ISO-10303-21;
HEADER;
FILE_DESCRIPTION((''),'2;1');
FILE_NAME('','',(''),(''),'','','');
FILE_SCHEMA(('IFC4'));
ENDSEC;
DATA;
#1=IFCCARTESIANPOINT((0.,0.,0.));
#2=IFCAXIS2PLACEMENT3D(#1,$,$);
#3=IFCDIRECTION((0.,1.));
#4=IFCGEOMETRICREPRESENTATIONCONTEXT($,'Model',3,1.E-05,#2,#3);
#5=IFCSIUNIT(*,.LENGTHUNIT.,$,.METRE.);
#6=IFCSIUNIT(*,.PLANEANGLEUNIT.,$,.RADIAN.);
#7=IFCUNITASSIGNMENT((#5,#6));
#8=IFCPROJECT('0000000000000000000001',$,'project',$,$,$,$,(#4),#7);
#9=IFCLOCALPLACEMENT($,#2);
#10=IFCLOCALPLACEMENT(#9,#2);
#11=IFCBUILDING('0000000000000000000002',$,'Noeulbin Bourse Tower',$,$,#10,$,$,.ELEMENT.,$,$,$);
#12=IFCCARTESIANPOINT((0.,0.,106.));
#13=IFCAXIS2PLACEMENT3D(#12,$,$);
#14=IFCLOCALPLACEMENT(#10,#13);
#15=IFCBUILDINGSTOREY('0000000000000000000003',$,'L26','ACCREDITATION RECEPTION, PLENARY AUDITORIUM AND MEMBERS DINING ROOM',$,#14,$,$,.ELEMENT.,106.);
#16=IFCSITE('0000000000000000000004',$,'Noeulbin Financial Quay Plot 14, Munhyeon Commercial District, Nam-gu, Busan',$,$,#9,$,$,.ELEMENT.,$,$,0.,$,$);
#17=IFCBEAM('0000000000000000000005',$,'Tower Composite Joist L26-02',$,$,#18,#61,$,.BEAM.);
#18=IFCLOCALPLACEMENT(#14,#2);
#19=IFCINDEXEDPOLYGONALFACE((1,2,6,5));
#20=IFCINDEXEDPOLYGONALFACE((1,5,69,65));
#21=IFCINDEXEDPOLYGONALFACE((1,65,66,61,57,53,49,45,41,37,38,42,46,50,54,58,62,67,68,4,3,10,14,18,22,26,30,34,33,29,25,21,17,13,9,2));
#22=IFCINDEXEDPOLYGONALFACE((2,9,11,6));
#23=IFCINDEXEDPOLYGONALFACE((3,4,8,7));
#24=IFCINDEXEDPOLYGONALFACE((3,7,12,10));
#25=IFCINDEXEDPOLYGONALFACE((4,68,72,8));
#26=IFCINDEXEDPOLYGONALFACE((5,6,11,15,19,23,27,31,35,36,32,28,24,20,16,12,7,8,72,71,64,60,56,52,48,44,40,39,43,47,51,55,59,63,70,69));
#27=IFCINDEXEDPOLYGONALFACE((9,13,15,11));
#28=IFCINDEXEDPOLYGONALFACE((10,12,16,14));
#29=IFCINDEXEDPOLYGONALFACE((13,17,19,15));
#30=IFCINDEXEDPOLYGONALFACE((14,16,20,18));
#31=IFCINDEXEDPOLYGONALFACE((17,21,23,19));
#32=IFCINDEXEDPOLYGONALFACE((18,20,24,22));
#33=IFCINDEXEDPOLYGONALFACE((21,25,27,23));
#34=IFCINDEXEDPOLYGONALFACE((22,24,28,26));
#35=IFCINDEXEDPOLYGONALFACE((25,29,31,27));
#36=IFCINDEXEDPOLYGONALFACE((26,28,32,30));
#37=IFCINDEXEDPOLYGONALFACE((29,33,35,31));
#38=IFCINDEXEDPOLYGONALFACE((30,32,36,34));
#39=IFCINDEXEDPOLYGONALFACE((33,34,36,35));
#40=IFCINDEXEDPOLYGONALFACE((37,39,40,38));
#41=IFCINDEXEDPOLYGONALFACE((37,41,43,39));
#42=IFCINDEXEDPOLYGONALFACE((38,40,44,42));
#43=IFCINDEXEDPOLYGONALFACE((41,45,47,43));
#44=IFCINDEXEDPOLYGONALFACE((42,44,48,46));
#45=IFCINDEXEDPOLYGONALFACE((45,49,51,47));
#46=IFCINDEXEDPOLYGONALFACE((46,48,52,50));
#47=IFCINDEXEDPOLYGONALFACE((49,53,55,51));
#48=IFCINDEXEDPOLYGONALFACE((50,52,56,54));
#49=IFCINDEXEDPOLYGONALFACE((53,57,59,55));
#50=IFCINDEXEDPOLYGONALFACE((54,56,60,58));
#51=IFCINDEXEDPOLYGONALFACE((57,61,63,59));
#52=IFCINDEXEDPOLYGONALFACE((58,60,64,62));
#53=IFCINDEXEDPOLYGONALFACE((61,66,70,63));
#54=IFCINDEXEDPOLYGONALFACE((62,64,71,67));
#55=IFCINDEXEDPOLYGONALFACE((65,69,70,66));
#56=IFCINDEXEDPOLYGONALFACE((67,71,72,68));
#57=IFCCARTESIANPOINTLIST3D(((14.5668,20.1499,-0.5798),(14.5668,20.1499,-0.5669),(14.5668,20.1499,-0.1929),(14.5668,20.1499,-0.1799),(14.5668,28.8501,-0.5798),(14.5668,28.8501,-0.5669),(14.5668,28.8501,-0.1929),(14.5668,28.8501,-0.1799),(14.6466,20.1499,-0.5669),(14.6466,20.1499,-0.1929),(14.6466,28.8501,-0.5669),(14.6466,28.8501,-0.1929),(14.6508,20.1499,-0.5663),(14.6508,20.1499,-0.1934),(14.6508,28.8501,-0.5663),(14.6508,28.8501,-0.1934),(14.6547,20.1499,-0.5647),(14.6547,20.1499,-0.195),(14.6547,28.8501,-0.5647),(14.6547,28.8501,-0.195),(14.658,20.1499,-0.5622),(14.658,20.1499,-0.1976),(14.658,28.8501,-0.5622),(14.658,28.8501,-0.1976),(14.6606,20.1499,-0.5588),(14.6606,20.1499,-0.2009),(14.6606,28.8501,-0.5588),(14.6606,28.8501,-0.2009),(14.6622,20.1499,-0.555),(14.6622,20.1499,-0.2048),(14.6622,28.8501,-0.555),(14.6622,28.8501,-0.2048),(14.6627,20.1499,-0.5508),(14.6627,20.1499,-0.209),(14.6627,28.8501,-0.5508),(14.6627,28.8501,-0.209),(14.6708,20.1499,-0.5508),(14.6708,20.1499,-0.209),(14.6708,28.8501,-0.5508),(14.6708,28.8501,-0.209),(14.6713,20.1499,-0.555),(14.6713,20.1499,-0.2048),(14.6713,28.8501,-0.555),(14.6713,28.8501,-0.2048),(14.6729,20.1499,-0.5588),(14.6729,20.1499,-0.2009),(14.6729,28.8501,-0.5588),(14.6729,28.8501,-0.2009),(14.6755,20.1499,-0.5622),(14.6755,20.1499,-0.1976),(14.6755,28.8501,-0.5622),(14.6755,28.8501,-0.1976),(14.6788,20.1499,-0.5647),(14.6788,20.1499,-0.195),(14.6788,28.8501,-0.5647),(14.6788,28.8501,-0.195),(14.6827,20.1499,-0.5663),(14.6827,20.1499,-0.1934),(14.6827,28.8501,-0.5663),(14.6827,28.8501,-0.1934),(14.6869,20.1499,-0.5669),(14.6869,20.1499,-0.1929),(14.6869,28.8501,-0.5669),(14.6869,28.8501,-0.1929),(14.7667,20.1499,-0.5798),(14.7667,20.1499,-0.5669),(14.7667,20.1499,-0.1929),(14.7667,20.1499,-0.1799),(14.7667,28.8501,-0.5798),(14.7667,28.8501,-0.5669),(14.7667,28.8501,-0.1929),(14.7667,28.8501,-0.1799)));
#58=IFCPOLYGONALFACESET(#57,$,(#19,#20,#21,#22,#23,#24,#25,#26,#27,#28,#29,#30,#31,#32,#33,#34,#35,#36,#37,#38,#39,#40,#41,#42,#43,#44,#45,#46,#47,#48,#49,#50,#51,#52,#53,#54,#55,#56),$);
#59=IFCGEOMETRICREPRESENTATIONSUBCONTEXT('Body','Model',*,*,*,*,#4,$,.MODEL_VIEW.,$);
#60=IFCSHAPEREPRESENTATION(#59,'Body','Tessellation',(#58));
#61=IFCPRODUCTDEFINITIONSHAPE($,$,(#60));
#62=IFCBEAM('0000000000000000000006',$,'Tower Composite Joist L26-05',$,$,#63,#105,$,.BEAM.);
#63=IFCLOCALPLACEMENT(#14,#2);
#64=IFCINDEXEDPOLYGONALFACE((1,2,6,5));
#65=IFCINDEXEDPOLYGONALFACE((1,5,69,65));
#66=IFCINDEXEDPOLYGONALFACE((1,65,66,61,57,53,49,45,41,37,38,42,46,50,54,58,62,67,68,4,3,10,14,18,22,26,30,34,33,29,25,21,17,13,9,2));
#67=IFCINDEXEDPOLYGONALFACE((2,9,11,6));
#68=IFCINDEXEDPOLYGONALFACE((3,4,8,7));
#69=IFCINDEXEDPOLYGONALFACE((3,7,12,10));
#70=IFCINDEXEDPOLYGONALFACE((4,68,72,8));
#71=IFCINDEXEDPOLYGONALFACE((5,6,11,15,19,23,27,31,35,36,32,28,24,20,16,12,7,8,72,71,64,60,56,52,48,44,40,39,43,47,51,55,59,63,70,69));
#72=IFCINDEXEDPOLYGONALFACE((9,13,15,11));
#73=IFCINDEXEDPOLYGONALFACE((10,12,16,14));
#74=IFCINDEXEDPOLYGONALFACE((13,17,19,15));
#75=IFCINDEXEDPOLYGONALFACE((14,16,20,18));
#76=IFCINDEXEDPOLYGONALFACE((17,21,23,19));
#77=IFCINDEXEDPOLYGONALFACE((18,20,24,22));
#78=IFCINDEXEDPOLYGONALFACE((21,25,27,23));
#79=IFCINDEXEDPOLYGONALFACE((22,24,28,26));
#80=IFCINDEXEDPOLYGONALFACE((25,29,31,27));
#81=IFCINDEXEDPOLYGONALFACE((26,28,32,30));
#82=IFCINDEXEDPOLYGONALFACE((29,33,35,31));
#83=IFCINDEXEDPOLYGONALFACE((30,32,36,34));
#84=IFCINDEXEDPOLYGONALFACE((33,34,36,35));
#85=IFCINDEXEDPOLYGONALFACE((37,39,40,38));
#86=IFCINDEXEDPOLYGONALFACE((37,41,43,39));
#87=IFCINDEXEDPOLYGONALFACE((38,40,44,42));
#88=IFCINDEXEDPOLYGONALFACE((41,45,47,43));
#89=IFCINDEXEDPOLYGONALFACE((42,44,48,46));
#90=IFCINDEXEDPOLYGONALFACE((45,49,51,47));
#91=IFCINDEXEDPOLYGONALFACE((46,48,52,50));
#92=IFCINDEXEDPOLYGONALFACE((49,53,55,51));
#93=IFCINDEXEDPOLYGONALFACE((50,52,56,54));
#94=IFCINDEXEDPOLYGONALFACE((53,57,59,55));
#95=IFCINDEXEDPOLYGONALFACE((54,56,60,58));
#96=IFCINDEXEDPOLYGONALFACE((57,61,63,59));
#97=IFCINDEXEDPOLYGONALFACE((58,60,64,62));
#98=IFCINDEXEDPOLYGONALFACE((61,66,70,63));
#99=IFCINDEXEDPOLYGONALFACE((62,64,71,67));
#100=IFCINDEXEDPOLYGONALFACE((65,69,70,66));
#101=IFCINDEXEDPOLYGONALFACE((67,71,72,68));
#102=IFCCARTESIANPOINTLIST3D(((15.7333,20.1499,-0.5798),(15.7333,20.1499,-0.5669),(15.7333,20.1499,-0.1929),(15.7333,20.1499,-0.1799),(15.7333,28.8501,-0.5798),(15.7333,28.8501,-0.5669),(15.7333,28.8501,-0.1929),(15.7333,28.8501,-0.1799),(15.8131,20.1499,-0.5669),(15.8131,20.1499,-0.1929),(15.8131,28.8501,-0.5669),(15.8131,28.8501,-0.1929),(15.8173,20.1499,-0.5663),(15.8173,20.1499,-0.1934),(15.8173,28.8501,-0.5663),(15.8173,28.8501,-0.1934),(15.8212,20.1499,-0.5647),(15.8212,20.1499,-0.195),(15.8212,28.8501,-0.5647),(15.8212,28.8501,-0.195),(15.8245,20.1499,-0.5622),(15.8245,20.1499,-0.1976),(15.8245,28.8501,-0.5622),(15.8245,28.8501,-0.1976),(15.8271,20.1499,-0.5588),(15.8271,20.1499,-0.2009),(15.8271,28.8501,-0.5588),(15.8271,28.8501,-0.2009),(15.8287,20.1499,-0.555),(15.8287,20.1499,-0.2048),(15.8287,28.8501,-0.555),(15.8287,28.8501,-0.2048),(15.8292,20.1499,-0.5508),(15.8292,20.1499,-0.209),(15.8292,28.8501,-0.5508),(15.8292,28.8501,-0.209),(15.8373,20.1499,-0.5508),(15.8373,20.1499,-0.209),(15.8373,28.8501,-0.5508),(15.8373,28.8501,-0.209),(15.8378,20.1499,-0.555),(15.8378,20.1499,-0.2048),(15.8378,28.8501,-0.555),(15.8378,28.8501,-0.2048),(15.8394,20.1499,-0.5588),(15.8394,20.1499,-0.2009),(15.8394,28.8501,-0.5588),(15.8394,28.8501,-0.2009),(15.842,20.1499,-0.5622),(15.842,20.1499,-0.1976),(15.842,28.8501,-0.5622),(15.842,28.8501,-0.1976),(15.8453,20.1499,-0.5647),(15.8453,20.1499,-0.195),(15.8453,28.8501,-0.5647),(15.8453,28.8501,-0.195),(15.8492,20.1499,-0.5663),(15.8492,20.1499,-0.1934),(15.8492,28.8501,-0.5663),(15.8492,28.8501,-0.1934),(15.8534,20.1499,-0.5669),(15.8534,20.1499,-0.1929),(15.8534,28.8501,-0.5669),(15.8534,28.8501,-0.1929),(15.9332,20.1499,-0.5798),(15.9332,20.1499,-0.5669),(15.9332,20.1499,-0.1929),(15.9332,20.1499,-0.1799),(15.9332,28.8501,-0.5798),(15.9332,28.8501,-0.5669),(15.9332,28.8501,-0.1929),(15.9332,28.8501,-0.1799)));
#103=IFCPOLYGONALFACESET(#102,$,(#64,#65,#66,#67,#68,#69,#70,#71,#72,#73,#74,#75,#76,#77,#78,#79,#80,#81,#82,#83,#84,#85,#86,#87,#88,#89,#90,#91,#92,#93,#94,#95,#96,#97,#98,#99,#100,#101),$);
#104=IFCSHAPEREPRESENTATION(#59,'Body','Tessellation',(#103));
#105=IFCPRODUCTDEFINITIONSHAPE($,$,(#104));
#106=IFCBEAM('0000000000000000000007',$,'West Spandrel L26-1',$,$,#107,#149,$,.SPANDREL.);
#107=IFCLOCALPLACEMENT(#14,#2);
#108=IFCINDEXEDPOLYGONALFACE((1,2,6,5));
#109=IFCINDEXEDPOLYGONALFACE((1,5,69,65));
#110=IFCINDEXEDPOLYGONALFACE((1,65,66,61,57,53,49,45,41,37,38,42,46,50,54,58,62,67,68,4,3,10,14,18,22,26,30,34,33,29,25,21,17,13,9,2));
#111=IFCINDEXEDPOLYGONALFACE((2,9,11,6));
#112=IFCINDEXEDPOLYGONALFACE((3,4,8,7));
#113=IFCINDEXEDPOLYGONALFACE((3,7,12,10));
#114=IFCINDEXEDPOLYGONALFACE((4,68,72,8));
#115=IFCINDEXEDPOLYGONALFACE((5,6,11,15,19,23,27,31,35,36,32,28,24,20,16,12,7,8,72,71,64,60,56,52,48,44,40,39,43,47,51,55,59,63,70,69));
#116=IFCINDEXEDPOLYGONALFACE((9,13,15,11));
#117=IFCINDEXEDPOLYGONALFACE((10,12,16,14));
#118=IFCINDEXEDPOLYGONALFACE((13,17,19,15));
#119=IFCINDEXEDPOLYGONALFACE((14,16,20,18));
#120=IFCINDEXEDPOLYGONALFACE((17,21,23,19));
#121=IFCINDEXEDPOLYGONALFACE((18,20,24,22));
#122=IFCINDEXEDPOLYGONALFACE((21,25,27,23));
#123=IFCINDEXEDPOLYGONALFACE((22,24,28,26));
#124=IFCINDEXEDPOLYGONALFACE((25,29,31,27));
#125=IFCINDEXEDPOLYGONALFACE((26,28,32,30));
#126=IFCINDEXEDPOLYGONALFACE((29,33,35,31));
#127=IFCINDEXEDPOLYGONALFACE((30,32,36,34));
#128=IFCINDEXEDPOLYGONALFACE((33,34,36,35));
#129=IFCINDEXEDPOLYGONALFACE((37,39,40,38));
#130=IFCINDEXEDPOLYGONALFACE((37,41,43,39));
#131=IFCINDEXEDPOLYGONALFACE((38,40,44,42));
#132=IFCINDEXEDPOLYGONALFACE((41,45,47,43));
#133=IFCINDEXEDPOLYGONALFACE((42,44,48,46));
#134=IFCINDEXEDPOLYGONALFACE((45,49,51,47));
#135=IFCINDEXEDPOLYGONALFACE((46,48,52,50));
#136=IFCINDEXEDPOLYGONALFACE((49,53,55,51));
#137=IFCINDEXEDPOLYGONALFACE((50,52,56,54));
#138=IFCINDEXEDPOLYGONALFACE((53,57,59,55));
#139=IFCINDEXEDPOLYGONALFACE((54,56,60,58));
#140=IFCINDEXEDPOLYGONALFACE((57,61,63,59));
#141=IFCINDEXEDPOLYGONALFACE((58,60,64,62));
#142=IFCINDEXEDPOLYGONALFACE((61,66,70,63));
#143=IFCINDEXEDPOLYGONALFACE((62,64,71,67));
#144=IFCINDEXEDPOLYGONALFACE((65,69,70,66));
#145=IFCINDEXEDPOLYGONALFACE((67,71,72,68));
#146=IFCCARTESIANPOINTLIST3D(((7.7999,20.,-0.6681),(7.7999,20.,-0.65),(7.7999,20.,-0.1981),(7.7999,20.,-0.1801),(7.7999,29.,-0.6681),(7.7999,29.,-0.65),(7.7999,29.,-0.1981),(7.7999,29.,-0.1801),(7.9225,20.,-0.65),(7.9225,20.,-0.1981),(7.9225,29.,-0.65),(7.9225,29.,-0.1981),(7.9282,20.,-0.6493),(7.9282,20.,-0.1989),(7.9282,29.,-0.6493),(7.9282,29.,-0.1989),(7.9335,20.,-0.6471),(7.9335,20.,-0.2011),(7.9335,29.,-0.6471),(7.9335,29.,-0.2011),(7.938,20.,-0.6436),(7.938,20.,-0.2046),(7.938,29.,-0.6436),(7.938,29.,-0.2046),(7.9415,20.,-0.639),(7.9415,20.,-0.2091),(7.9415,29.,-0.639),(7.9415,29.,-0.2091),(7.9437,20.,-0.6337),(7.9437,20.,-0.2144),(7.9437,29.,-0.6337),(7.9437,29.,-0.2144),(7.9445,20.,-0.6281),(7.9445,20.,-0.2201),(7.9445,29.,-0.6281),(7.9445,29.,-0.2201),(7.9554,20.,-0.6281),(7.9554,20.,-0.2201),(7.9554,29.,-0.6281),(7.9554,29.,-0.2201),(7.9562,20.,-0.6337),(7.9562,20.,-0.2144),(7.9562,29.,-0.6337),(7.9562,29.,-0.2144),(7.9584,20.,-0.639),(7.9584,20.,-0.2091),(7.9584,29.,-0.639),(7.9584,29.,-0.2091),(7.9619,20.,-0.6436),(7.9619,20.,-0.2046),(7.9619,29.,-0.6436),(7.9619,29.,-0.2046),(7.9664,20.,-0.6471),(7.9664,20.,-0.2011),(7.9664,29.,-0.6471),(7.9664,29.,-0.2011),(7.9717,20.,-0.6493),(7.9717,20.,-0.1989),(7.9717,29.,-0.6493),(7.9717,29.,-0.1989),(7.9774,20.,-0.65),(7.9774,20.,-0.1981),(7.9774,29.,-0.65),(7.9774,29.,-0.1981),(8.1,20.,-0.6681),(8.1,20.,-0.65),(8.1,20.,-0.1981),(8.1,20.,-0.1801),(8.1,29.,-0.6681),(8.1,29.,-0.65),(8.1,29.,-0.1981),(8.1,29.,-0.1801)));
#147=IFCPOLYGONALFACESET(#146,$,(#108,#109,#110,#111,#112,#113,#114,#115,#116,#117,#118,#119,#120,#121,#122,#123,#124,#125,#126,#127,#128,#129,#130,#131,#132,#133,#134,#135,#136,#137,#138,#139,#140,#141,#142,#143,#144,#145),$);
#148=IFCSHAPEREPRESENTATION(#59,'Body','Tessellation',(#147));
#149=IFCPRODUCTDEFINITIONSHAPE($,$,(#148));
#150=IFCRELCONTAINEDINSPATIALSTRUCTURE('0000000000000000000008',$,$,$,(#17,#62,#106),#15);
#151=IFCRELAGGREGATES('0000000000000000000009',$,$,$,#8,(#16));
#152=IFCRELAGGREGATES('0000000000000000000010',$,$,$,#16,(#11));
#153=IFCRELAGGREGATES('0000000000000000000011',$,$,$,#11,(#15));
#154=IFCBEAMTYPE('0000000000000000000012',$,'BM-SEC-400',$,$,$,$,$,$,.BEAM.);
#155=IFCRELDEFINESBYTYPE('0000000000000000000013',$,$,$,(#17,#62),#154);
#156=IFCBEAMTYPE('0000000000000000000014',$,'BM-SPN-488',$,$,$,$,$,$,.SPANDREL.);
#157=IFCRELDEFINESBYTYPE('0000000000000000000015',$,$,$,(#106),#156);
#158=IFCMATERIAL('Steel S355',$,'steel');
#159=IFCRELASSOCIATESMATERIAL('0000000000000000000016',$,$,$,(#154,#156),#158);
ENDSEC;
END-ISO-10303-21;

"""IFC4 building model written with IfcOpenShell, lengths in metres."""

from ifc_helpers import new_model, si_unit, direction, frame, origin, origin_2d, place, context, subcontext, project, spatial, i_section, extrude, material, material_profile, profile_set, type_object, element, save


model = new_model("IFC4")

# Units and contexts
model_context = context("Model", 3, precision=1e-05, world=origin(), true_north=direction((0.0, 1.0)))
body_context = subcontext(model_context, "Body", "Model", "MODEL_VIEW")
ifc_project = project(units=[si_unit("LENGTHUNIT", "METRE"), si_unit("PLANEANGLEUNIT", "RADIAN")], contexts=[model_context])

# Site, building, storey
site_placement = place(None, origin())
site = spatial("IfcSite", under=ifc_project, at=site_placement, Name="Noeulbin Financial Quay Plot 14, Munhyeon Commercial District, Nam-gu, Busan", CompositionType="ELEMENT", RefElevation=0.0)
building_placement = place(site_placement, origin())
building = spatial("IfcBuilding", under=site, at=building_placement, Name="Noeulbin Bourse Tower", CompositionType="ELEMENT")
storey_placement = place(building_placement, frame((0.0, 0.0, 106.0)))
storey = spatial("IfcBuildingStorey", under=building, at=storey_placement, Name="L26", Description="ACCREDITATION RECEPTION, PLENARY AUDITORIUM AND MEMBERS DINING ROOM", CompositionType="ELEMENT", Elevation=106.0)

# Shared definitions
ifc_material_1 = material(Name="Steel S355", Category="steel")

# Beams
ifc_material_profile_1 = material_profile(ifc_material_1, i_section(OverallWidth=0.2, OverallDepth=0.3999, WebThickness=0.0081, FlangeThickness=0.0129, FilletRadius=0.0161, at=origin_2d()), Name="H-400x200x8x13", Category="LoadBearing")
ifc_profile_set_1 = profile_set([ifc_material_profile_1], Name="Steel S355")
beam_type_1 = type_object("IfcBeamType", Name="BM-SEC-400", PredefinedType="BEAM", material=ifc_profile_set_1)
for number, where, z_axis, x_axis, name in (
    (1, (14.6667, 20.1499, -0.3799), (0.0, 1.0, 0.0), (-1.0, 0.0, 0.0), "Tower Composite Joist L26-02"),
    (2, (15.8333, 20.1499, -0.3799), (0.0, 1.0, 0.0), (-1.0, 0.0, 0.0), "Tower Composite Joist L26-05"),
):
    element("IfcBeam", number, at=place(storey_placement, frame(where, z_axis=z_axis, x_axis=x_axis)), inside=storey, type_object=beam_type_1, Name=name, PredefinedType="BEAM", context=body_context, shape_type="SweptSolid", body=[
        extrude(i_section(OverallWidth=0.2, OverallDepth=0.3999, WebThickness=0.0081, FlangeThickness=0.0129, FilletRadius=0.0161, at=origin_2d()), origin(), (0.0, 0.0, 1.0), 8.7002),
    ])
ifc_material_profile_2 = material_profile(ifc_material_1, i_section(OverallWidth=0.3, OverallDepth=0.488, WebThickness=0.011, FlangeThickness=0.0181, FilletRadius=0.022, at=origin_2d()), Name="H-488x300x11x18", Category="LoadBearing")
ifc_profile_set_2 = profile_set([ifc_material_profile_2], Name="Steel S355")
beam_type_2 = type_object("IfcBeamType", Name="BM-SPN-488", PredefinedType="SPANDREL", material=ifc_profile_set_2)
beam_1_placement = place(storey_placement, frame((7.95, 20.0, -0.4241), z_axis=(0.0, 1.0, 0.0), x_axis=(-1.0, 0.0, 0.0)))
element("IfcBeam", 3, at=beam_1_placement, inside=storey, type_object=beam_type_2, Name="West Spandrel L26-1", PredefinedType="SPANDREL", context=body_context, shape_type="SweptSolid", body=[
    extrude(i_section(OverallWidth=0.3, OverallDepth=0.488, WebThickness=0.011, FlangeThickness=0.0181, FilletRadius=0.022, at=origin_2d()), origin(), (0.0, 0.0, 1.0), 9.0),
])

save(model, "model.ifc")
